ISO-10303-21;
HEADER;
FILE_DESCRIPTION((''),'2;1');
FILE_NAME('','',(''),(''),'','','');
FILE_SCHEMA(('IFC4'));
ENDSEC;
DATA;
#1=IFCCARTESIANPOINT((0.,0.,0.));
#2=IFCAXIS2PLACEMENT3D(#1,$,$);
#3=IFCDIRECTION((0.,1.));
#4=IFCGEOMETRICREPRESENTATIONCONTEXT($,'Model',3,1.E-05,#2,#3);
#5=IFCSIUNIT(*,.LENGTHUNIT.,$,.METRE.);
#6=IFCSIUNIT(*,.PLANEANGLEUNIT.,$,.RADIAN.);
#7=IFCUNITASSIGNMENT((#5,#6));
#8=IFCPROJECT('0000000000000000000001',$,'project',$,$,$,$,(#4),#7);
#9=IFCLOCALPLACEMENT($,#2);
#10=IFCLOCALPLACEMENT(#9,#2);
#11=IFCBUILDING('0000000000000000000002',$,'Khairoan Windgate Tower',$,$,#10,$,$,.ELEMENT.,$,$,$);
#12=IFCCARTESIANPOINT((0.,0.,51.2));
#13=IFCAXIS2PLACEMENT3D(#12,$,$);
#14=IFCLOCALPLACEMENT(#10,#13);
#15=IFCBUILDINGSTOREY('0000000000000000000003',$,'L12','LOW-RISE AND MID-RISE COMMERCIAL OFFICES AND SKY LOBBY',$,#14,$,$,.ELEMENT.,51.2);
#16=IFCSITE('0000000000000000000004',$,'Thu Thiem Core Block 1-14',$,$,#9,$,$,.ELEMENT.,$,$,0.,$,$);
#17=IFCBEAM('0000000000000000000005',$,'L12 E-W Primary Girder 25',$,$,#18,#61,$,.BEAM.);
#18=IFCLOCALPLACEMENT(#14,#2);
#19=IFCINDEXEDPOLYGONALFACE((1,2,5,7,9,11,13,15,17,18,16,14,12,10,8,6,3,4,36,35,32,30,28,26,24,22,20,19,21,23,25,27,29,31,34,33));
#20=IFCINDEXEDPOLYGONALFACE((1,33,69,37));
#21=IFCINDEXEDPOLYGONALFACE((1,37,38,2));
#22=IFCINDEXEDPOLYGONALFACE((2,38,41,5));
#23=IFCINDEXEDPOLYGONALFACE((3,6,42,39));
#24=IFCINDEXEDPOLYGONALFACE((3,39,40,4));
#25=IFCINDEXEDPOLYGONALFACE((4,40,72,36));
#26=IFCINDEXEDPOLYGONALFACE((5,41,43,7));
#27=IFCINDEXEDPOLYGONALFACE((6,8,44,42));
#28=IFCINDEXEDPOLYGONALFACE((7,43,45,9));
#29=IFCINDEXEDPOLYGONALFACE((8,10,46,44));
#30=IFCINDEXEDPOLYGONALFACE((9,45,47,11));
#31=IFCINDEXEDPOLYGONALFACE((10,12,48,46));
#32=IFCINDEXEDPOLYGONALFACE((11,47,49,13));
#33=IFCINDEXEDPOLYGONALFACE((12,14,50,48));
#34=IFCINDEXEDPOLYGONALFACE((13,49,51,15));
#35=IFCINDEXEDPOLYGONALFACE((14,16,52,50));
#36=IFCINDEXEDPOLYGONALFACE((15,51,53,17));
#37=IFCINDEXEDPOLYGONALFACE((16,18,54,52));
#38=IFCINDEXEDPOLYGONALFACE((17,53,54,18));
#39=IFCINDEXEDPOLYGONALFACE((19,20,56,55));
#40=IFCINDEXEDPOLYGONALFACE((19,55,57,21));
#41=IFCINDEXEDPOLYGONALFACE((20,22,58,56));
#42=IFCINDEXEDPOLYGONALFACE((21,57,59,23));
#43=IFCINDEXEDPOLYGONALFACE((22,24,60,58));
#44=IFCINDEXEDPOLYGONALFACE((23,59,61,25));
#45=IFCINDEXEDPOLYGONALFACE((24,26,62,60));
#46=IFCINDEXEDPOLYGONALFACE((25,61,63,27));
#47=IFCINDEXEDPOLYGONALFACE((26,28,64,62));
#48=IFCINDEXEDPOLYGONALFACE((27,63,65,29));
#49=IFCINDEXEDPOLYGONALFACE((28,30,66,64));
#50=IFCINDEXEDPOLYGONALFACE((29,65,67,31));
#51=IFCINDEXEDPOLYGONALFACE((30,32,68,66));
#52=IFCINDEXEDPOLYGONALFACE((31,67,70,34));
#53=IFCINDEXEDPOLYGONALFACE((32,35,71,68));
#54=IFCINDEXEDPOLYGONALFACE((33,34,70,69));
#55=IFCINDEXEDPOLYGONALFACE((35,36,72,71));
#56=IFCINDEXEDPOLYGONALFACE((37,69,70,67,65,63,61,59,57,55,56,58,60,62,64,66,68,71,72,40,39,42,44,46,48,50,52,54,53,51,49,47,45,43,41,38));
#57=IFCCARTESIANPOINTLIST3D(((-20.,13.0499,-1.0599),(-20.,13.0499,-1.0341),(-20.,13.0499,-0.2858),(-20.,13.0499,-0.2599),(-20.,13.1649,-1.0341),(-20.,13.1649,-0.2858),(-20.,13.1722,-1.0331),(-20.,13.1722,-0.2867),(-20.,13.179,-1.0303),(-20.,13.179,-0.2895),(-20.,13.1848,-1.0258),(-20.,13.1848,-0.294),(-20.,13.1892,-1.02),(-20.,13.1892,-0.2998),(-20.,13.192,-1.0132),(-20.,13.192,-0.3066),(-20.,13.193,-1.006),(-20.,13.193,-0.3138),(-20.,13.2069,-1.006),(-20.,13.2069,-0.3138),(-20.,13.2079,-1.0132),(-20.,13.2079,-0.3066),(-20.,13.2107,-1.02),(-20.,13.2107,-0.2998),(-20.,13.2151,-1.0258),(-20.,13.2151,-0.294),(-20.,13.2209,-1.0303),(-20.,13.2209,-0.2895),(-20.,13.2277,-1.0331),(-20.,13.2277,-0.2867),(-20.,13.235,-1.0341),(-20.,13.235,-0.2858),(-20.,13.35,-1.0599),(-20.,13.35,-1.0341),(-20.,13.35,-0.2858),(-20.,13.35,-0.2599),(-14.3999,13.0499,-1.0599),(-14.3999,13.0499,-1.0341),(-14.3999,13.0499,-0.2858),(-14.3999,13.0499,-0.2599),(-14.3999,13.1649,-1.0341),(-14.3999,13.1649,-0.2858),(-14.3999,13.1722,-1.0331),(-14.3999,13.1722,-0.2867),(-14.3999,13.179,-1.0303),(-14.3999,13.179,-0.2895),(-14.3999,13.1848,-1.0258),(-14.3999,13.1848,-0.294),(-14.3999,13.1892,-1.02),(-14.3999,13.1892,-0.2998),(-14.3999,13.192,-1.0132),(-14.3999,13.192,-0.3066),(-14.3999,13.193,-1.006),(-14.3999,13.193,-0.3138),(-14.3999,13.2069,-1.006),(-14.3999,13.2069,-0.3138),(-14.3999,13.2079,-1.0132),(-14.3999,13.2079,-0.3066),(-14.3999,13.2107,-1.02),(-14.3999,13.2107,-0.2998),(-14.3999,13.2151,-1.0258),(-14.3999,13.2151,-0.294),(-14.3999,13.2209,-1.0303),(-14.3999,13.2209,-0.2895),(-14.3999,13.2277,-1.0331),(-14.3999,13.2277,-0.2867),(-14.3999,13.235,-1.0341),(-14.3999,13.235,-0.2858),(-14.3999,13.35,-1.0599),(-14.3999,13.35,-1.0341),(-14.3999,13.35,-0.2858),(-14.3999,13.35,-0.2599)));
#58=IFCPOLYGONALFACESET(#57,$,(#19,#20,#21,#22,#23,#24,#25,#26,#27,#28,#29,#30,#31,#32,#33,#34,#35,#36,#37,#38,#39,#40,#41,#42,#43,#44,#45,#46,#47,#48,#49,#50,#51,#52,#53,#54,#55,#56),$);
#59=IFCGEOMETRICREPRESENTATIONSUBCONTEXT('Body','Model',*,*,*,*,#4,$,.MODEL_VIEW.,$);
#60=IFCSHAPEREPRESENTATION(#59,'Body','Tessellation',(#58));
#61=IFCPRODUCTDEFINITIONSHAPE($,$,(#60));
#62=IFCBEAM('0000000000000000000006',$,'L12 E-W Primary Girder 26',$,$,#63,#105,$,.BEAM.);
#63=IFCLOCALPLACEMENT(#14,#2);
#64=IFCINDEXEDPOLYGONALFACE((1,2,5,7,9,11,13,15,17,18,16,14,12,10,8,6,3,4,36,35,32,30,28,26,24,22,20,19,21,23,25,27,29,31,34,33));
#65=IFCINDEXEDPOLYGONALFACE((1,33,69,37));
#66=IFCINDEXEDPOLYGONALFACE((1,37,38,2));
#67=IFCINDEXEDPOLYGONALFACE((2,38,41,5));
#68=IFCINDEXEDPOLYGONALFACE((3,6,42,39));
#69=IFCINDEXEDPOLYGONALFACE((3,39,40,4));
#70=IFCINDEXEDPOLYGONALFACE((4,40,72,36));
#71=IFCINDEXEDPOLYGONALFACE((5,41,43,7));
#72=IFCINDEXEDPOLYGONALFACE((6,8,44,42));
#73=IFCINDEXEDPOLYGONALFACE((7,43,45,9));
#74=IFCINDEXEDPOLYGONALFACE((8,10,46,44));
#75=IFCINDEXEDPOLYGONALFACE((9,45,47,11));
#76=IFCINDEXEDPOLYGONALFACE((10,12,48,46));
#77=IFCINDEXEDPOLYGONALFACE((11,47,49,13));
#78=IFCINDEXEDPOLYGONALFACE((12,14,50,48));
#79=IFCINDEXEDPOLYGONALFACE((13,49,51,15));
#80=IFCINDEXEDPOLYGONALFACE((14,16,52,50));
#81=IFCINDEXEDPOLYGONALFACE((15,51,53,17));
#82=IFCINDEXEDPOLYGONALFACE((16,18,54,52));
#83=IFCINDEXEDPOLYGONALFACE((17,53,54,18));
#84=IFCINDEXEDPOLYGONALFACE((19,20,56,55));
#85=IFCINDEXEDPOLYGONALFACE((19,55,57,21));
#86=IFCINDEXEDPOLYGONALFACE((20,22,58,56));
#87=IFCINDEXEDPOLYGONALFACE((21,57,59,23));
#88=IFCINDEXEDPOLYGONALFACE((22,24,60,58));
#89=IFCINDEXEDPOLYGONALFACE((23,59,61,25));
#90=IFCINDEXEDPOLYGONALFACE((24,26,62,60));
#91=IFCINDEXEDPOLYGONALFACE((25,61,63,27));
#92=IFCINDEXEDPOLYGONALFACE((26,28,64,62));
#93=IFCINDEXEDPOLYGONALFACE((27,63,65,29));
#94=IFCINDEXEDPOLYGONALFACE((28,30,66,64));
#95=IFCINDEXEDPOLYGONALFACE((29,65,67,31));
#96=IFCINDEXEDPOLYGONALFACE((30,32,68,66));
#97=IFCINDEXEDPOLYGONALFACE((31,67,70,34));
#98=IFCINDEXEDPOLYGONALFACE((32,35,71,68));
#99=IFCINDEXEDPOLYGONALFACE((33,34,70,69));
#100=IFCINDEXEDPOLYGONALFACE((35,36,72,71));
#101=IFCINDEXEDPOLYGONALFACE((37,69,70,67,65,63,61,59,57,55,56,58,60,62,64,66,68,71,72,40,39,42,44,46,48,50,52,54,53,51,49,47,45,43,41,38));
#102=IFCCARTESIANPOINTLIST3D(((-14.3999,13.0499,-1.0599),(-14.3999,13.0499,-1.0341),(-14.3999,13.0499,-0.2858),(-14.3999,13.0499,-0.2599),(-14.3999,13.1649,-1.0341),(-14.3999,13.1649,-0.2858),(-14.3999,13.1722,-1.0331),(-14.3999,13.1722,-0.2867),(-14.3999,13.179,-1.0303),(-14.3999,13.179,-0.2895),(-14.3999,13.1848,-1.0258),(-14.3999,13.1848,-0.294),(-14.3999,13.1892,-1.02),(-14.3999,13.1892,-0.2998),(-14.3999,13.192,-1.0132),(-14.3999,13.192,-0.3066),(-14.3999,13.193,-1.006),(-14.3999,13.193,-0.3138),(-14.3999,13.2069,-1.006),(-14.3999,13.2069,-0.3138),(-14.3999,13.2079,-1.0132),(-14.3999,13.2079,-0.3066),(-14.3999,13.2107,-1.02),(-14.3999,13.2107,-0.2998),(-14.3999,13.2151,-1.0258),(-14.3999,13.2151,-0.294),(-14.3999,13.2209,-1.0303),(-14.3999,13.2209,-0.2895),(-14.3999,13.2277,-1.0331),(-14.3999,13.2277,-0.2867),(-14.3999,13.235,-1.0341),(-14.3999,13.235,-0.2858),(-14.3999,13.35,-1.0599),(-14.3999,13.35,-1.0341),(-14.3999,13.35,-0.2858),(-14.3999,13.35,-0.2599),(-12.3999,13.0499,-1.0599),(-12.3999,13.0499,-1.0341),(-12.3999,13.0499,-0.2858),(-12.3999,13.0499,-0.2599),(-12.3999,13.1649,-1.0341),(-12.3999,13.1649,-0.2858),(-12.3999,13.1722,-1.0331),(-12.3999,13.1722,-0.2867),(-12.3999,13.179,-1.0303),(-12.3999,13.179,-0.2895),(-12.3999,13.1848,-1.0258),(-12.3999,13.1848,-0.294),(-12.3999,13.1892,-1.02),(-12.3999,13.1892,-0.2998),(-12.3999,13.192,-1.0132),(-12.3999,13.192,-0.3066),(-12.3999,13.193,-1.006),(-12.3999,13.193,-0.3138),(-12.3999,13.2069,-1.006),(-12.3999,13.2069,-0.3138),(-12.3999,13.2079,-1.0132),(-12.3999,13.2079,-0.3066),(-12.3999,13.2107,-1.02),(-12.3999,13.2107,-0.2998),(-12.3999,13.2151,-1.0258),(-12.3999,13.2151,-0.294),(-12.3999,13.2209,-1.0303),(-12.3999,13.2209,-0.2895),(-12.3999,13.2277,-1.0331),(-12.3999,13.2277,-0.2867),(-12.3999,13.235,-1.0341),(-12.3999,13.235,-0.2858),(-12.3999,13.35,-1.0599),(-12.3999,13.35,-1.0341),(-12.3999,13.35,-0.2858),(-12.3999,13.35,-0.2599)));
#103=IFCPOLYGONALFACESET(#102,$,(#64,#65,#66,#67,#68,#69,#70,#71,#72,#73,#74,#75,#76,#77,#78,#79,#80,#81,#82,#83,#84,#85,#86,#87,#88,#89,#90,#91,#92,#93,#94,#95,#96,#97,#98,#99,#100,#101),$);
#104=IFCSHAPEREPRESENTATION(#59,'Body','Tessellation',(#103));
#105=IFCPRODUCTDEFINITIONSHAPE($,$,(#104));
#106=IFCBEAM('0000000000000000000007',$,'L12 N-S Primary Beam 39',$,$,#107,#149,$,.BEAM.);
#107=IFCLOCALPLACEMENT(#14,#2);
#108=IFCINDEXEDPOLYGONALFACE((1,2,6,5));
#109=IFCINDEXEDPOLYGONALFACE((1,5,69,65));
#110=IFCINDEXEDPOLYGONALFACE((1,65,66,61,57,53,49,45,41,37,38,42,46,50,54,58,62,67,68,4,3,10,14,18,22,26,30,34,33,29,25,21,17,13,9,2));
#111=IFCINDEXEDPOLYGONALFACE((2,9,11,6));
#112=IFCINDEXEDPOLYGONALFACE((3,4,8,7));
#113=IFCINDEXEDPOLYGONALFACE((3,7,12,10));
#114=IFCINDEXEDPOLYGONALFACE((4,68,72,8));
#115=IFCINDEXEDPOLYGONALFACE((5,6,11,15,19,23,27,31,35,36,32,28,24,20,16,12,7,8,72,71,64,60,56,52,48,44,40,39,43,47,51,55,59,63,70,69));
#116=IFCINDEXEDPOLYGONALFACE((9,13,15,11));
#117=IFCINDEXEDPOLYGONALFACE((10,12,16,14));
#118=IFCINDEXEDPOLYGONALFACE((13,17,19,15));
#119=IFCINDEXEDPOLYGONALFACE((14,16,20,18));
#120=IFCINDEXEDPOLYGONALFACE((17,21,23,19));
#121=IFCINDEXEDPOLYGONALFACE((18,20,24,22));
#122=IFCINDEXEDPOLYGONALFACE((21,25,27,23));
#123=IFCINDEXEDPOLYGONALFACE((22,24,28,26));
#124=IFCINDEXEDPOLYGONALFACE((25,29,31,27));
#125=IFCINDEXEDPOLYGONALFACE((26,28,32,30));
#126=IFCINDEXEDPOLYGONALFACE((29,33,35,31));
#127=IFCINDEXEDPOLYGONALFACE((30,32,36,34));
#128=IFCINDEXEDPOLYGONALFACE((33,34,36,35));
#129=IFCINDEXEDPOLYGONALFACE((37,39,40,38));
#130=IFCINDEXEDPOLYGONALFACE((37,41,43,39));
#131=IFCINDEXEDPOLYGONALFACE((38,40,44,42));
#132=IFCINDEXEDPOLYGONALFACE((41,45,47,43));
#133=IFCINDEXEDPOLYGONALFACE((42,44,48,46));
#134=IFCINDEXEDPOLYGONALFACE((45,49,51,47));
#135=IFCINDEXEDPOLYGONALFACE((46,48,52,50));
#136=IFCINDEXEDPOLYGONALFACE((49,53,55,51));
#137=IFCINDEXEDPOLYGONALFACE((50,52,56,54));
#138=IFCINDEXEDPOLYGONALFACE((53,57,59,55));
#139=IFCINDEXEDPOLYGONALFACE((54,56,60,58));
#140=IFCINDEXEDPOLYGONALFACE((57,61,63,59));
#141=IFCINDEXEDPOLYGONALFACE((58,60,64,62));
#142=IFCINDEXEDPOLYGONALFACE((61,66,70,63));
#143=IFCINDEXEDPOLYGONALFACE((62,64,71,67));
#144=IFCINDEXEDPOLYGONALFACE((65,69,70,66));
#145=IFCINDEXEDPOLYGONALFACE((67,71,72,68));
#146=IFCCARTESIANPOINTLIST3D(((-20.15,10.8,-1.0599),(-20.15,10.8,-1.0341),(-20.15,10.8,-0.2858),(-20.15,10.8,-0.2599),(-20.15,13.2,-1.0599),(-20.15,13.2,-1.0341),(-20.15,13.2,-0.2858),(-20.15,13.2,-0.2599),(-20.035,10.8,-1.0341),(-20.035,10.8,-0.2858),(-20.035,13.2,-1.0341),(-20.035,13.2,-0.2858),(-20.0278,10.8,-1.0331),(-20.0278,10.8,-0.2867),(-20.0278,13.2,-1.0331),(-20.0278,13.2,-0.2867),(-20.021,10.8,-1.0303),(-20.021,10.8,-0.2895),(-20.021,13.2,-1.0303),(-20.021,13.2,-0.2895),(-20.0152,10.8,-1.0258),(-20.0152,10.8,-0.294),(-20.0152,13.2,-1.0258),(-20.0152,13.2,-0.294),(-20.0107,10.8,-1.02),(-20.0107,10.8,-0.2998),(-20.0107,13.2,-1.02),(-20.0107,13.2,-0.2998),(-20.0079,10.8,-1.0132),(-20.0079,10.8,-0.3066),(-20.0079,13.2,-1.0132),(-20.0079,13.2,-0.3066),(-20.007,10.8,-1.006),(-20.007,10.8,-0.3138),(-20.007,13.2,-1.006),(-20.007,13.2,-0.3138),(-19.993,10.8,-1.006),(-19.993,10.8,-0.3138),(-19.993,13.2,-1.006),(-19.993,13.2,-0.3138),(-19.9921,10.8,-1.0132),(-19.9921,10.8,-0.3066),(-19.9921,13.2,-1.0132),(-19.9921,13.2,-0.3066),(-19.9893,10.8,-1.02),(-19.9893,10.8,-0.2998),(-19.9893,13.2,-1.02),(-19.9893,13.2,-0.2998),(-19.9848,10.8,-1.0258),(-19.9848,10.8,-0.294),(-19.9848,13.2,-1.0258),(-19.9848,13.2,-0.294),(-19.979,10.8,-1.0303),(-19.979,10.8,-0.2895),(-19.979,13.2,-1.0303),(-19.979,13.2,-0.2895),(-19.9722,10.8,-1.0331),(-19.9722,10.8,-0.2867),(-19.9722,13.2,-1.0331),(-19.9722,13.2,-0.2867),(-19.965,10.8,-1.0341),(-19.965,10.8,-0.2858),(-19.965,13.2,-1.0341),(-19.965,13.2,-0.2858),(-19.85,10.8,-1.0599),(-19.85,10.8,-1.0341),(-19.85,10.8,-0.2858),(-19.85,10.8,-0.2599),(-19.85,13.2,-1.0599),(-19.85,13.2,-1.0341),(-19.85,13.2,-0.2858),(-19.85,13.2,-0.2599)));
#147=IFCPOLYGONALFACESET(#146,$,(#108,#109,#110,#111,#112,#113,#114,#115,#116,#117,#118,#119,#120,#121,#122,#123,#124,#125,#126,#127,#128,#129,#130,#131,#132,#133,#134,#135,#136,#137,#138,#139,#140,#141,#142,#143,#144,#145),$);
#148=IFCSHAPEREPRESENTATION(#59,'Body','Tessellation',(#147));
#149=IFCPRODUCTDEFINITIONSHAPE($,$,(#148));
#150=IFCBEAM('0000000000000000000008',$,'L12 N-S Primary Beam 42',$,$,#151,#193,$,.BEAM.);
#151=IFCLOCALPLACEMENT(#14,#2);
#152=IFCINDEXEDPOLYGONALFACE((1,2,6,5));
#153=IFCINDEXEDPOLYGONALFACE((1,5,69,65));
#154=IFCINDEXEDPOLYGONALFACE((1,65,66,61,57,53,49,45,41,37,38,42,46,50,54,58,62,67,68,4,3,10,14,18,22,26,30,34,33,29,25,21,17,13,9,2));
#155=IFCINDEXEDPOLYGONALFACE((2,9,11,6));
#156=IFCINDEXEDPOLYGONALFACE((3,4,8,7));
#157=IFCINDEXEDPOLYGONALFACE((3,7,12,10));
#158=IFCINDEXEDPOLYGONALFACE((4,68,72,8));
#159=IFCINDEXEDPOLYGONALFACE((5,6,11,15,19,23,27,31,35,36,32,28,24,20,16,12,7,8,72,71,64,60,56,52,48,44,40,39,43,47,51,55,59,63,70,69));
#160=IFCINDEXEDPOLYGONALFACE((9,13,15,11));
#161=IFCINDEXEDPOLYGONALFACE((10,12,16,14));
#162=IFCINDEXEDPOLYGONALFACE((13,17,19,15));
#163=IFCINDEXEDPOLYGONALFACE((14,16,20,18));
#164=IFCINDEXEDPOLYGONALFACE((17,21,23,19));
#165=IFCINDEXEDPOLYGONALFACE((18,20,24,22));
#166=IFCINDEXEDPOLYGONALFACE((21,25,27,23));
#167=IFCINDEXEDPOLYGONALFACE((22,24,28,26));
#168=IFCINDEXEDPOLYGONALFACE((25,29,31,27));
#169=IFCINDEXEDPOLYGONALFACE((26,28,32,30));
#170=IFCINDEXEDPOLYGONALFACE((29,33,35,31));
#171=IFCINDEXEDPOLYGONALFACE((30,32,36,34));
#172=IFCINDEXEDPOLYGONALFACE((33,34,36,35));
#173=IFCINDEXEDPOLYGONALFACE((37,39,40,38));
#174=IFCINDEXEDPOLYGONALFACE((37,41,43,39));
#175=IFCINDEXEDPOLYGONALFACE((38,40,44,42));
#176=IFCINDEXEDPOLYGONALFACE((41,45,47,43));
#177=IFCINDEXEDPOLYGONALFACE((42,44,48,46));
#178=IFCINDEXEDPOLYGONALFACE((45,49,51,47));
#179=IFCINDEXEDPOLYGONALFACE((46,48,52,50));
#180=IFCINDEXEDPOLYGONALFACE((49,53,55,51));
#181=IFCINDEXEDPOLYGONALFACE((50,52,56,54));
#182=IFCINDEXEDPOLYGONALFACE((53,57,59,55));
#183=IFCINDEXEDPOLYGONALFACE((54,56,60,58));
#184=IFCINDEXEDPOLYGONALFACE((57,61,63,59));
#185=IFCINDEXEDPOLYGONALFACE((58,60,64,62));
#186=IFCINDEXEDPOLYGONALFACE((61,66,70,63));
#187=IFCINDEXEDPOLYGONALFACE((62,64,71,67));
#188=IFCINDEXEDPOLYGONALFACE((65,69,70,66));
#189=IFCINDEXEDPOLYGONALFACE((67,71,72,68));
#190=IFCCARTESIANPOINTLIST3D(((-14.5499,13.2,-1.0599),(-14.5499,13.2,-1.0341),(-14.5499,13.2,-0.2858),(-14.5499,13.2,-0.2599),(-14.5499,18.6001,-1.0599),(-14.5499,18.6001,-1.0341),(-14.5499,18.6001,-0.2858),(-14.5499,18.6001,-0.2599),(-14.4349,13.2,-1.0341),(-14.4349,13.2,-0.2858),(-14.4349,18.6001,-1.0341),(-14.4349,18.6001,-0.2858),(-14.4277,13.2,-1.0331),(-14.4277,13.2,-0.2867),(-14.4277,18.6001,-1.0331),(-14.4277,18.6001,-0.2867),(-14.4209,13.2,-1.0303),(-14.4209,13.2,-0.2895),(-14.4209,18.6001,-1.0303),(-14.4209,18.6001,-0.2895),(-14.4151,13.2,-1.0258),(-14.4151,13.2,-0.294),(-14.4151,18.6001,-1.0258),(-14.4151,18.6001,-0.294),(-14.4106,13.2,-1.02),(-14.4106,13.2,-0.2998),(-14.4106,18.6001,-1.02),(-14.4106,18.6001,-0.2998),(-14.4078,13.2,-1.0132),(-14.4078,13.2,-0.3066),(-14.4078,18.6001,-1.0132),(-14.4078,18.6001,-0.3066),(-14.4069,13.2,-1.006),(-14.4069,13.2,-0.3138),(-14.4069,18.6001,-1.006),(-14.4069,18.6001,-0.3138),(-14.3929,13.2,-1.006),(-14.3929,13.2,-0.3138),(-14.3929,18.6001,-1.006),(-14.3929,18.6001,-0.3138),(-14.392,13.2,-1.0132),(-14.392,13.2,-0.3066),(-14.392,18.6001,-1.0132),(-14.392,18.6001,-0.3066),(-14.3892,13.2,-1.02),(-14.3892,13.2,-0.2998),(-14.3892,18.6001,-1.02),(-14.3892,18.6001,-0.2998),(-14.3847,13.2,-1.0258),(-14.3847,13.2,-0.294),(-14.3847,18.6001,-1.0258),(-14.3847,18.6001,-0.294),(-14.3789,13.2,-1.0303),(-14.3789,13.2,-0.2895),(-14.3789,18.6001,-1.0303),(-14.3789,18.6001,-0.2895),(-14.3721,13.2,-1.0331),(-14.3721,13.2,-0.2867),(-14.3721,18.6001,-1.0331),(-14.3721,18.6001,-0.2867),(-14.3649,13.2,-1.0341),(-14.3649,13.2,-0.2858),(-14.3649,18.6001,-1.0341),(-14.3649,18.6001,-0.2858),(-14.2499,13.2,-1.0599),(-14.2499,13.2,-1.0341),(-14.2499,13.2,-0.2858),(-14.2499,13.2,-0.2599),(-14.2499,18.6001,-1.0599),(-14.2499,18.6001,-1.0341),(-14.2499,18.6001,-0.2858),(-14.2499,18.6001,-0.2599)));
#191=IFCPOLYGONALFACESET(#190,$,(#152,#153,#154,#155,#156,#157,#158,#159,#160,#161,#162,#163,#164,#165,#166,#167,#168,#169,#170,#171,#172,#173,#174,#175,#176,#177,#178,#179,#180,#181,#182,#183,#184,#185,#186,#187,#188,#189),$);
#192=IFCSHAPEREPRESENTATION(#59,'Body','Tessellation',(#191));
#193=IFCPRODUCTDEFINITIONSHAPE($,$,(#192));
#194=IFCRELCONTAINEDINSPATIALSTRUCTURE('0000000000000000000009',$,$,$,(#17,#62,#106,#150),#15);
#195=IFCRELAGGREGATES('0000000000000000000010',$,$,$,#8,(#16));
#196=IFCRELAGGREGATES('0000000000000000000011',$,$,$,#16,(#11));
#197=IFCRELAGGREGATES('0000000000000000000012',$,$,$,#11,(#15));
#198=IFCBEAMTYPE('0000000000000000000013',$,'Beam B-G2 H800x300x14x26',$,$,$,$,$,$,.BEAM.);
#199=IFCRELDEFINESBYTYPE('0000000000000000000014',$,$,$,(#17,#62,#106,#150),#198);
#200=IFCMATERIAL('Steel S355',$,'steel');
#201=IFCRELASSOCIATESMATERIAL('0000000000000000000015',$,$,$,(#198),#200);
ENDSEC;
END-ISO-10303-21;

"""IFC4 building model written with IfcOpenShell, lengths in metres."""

from ifc_helpers import new_model, si_unit, direction, frame, origin, origin_2d, place, context, subcontext, project, spatial, i_section, extrude, material, material_profile, profile_set, type_object, element, save


model = new_model("IFC4")

# Units and contexts
model_context = context("Model", 3, precision=1e-05, world=origin(), true_north=direction((0.0, 1.0)))
body_context = subcontext(model_context, "Body", "Model", "MODEL_VIEW")
ifc_project = project(units=[si_unit("LENGTHUNIT", "METRE"), si_unit("PLANEANGLEUNIT", "RADIAN")], contexts=[model_context])

# Site, building, storey
site_placement = place(None, origin())
site = spatial("IfcSite", under=ifc_project, at=site_placement, Name="Thu Thiem Core Block 1-14", CompositionType="ELEMENT", RefElevation=0.0)
building_placement = place(site_placement, origin())
building = spatial("IfcBuilding", under=site, at=building_placement, Name="Khairoan Windgate Tower", CompositionType="ELEMENT")
storey_placement = place(building_placement, frame((0.0, 0.0, 51.2)))
storey = spatial("IfcBuildingStorey", under=building, at=storey_placement, Name="L12", Description="LOW-RISE AND MID-RISE COMMERCIAL OFFICES AND SKY LOBBY", CompositionType="ELEMENT", Elevation=51.2)

# Beams
ifc_material_1 = material(Name="Steel S355", Category="steel")
ifc_material_profile_1 = material_profile(ifc_material_1, i_section(OverallWidth=0.3, OverallDepth=0.8, WebThickness=0.0139, FlangeThickness=0.0259, FilletRadius=0.0281, at=origin_2d()))
ifc_profile_set_1 = profile_set([ifc_material_profile_1], Name="Steel S355")
beam_type_1 = type_object("IfcBeamType", Name="Beam B-G2 H800x300x14x26", PredefinedType="BEAM", material=ifc_profile_set_1)
beam_1_placement = place(storey_placement, frame((-20.0, 13.2, -0.6599), z_axis=(1.0, 0.0, 0.0), x_axis=(0.0, 1.0, 0.0)))
element("IfcBeam", 1, at=beam_1_placement, inside=storey, type_object=beam_type_1, Name="L12 E-W Primary Girder 25", PredefinedType="BEAM", context=body_context, shape_type="SweptSolid", body=[
    extrude(i_section(OverallWidth=0.3, OverallDepth=0.8, WebThickness=0.0139, FlangeThickness=0.0259, FilletRadius=0.0281, at=origin_2d()), origin(), (0.0, 0.0, 1.0), 5.6001),
])
beam_2_placement = place(storey_placement, frame((-14.3999, 13.2, -0.6599), z_axis=(1.0, 0.0, 0.0), x_axis=(0.0, 1.0, 0.0)))
element("IfcBeam", 2, at=beam_2_placement, inside=storey, type_object=beam_type_1, Name="L12 E-W Primary Girder 26", PredefinedType="BEAM", context=body_context, shape_type="SweptSolid", body=[
    extrude(i_section(OverallWidth=0.3, OverallDepth=0.8, WebThickness=0.0139, FlangeThickness=0.0259, FilletRadius=0.0281, at=origin_2d()), origin(), (0.0, 0.0, 1.0), 2.0),
])
beam_3_placement = place(storey_placement, frame((-20.0, 10.8, -0.6599), z_axis=(0.0, 1.0, 0.0), x_axis=(-1.0, 0.0, 0.0)))
element("IfcBeam", 3, at=beam_3_placement, inside=storey, type_object=beam_type_1, Name="L12 N-S Primary Beam 39", PredefinedType="BEAM", context=body_context, shape_type="SweptSolid", body=[
    extrude(i_section(OverallWidth=0.3, OverallDepth=0.8, WebThickness=0.0139, FlangeThickness=0.0259, FilletRadius=0.0281, at=origin_2d()), origin(), (0.0, 0.0, 1.0), 2.3999),
])
beam_4_placement = place(storey_placement, frame((-14.3999, 13.2, -0.6599), z_axis=(0.0, 1.0, 0.0), x_axis=(-1.0, 0.0, 0.0)))
element("IfcBeam", 4, at=beam_4_placement, inside=storey, type_object=beam_type_1, Name="L12 N-S Primary Beam 42", PredefinedType="BEAM", context=body_context, shape_type="SweptSolid", body=[
    extrude(i_section(OverallWidth=0.3, OverallDepth=0.8, WebThickness=0.0139, FlangeThickness=0.0259, FilletRadius=0.0281, at=origin_2d()), origin(), (0.0, 0.0, 1.0), 5.4001),
])

save(model, "model.ifc")
